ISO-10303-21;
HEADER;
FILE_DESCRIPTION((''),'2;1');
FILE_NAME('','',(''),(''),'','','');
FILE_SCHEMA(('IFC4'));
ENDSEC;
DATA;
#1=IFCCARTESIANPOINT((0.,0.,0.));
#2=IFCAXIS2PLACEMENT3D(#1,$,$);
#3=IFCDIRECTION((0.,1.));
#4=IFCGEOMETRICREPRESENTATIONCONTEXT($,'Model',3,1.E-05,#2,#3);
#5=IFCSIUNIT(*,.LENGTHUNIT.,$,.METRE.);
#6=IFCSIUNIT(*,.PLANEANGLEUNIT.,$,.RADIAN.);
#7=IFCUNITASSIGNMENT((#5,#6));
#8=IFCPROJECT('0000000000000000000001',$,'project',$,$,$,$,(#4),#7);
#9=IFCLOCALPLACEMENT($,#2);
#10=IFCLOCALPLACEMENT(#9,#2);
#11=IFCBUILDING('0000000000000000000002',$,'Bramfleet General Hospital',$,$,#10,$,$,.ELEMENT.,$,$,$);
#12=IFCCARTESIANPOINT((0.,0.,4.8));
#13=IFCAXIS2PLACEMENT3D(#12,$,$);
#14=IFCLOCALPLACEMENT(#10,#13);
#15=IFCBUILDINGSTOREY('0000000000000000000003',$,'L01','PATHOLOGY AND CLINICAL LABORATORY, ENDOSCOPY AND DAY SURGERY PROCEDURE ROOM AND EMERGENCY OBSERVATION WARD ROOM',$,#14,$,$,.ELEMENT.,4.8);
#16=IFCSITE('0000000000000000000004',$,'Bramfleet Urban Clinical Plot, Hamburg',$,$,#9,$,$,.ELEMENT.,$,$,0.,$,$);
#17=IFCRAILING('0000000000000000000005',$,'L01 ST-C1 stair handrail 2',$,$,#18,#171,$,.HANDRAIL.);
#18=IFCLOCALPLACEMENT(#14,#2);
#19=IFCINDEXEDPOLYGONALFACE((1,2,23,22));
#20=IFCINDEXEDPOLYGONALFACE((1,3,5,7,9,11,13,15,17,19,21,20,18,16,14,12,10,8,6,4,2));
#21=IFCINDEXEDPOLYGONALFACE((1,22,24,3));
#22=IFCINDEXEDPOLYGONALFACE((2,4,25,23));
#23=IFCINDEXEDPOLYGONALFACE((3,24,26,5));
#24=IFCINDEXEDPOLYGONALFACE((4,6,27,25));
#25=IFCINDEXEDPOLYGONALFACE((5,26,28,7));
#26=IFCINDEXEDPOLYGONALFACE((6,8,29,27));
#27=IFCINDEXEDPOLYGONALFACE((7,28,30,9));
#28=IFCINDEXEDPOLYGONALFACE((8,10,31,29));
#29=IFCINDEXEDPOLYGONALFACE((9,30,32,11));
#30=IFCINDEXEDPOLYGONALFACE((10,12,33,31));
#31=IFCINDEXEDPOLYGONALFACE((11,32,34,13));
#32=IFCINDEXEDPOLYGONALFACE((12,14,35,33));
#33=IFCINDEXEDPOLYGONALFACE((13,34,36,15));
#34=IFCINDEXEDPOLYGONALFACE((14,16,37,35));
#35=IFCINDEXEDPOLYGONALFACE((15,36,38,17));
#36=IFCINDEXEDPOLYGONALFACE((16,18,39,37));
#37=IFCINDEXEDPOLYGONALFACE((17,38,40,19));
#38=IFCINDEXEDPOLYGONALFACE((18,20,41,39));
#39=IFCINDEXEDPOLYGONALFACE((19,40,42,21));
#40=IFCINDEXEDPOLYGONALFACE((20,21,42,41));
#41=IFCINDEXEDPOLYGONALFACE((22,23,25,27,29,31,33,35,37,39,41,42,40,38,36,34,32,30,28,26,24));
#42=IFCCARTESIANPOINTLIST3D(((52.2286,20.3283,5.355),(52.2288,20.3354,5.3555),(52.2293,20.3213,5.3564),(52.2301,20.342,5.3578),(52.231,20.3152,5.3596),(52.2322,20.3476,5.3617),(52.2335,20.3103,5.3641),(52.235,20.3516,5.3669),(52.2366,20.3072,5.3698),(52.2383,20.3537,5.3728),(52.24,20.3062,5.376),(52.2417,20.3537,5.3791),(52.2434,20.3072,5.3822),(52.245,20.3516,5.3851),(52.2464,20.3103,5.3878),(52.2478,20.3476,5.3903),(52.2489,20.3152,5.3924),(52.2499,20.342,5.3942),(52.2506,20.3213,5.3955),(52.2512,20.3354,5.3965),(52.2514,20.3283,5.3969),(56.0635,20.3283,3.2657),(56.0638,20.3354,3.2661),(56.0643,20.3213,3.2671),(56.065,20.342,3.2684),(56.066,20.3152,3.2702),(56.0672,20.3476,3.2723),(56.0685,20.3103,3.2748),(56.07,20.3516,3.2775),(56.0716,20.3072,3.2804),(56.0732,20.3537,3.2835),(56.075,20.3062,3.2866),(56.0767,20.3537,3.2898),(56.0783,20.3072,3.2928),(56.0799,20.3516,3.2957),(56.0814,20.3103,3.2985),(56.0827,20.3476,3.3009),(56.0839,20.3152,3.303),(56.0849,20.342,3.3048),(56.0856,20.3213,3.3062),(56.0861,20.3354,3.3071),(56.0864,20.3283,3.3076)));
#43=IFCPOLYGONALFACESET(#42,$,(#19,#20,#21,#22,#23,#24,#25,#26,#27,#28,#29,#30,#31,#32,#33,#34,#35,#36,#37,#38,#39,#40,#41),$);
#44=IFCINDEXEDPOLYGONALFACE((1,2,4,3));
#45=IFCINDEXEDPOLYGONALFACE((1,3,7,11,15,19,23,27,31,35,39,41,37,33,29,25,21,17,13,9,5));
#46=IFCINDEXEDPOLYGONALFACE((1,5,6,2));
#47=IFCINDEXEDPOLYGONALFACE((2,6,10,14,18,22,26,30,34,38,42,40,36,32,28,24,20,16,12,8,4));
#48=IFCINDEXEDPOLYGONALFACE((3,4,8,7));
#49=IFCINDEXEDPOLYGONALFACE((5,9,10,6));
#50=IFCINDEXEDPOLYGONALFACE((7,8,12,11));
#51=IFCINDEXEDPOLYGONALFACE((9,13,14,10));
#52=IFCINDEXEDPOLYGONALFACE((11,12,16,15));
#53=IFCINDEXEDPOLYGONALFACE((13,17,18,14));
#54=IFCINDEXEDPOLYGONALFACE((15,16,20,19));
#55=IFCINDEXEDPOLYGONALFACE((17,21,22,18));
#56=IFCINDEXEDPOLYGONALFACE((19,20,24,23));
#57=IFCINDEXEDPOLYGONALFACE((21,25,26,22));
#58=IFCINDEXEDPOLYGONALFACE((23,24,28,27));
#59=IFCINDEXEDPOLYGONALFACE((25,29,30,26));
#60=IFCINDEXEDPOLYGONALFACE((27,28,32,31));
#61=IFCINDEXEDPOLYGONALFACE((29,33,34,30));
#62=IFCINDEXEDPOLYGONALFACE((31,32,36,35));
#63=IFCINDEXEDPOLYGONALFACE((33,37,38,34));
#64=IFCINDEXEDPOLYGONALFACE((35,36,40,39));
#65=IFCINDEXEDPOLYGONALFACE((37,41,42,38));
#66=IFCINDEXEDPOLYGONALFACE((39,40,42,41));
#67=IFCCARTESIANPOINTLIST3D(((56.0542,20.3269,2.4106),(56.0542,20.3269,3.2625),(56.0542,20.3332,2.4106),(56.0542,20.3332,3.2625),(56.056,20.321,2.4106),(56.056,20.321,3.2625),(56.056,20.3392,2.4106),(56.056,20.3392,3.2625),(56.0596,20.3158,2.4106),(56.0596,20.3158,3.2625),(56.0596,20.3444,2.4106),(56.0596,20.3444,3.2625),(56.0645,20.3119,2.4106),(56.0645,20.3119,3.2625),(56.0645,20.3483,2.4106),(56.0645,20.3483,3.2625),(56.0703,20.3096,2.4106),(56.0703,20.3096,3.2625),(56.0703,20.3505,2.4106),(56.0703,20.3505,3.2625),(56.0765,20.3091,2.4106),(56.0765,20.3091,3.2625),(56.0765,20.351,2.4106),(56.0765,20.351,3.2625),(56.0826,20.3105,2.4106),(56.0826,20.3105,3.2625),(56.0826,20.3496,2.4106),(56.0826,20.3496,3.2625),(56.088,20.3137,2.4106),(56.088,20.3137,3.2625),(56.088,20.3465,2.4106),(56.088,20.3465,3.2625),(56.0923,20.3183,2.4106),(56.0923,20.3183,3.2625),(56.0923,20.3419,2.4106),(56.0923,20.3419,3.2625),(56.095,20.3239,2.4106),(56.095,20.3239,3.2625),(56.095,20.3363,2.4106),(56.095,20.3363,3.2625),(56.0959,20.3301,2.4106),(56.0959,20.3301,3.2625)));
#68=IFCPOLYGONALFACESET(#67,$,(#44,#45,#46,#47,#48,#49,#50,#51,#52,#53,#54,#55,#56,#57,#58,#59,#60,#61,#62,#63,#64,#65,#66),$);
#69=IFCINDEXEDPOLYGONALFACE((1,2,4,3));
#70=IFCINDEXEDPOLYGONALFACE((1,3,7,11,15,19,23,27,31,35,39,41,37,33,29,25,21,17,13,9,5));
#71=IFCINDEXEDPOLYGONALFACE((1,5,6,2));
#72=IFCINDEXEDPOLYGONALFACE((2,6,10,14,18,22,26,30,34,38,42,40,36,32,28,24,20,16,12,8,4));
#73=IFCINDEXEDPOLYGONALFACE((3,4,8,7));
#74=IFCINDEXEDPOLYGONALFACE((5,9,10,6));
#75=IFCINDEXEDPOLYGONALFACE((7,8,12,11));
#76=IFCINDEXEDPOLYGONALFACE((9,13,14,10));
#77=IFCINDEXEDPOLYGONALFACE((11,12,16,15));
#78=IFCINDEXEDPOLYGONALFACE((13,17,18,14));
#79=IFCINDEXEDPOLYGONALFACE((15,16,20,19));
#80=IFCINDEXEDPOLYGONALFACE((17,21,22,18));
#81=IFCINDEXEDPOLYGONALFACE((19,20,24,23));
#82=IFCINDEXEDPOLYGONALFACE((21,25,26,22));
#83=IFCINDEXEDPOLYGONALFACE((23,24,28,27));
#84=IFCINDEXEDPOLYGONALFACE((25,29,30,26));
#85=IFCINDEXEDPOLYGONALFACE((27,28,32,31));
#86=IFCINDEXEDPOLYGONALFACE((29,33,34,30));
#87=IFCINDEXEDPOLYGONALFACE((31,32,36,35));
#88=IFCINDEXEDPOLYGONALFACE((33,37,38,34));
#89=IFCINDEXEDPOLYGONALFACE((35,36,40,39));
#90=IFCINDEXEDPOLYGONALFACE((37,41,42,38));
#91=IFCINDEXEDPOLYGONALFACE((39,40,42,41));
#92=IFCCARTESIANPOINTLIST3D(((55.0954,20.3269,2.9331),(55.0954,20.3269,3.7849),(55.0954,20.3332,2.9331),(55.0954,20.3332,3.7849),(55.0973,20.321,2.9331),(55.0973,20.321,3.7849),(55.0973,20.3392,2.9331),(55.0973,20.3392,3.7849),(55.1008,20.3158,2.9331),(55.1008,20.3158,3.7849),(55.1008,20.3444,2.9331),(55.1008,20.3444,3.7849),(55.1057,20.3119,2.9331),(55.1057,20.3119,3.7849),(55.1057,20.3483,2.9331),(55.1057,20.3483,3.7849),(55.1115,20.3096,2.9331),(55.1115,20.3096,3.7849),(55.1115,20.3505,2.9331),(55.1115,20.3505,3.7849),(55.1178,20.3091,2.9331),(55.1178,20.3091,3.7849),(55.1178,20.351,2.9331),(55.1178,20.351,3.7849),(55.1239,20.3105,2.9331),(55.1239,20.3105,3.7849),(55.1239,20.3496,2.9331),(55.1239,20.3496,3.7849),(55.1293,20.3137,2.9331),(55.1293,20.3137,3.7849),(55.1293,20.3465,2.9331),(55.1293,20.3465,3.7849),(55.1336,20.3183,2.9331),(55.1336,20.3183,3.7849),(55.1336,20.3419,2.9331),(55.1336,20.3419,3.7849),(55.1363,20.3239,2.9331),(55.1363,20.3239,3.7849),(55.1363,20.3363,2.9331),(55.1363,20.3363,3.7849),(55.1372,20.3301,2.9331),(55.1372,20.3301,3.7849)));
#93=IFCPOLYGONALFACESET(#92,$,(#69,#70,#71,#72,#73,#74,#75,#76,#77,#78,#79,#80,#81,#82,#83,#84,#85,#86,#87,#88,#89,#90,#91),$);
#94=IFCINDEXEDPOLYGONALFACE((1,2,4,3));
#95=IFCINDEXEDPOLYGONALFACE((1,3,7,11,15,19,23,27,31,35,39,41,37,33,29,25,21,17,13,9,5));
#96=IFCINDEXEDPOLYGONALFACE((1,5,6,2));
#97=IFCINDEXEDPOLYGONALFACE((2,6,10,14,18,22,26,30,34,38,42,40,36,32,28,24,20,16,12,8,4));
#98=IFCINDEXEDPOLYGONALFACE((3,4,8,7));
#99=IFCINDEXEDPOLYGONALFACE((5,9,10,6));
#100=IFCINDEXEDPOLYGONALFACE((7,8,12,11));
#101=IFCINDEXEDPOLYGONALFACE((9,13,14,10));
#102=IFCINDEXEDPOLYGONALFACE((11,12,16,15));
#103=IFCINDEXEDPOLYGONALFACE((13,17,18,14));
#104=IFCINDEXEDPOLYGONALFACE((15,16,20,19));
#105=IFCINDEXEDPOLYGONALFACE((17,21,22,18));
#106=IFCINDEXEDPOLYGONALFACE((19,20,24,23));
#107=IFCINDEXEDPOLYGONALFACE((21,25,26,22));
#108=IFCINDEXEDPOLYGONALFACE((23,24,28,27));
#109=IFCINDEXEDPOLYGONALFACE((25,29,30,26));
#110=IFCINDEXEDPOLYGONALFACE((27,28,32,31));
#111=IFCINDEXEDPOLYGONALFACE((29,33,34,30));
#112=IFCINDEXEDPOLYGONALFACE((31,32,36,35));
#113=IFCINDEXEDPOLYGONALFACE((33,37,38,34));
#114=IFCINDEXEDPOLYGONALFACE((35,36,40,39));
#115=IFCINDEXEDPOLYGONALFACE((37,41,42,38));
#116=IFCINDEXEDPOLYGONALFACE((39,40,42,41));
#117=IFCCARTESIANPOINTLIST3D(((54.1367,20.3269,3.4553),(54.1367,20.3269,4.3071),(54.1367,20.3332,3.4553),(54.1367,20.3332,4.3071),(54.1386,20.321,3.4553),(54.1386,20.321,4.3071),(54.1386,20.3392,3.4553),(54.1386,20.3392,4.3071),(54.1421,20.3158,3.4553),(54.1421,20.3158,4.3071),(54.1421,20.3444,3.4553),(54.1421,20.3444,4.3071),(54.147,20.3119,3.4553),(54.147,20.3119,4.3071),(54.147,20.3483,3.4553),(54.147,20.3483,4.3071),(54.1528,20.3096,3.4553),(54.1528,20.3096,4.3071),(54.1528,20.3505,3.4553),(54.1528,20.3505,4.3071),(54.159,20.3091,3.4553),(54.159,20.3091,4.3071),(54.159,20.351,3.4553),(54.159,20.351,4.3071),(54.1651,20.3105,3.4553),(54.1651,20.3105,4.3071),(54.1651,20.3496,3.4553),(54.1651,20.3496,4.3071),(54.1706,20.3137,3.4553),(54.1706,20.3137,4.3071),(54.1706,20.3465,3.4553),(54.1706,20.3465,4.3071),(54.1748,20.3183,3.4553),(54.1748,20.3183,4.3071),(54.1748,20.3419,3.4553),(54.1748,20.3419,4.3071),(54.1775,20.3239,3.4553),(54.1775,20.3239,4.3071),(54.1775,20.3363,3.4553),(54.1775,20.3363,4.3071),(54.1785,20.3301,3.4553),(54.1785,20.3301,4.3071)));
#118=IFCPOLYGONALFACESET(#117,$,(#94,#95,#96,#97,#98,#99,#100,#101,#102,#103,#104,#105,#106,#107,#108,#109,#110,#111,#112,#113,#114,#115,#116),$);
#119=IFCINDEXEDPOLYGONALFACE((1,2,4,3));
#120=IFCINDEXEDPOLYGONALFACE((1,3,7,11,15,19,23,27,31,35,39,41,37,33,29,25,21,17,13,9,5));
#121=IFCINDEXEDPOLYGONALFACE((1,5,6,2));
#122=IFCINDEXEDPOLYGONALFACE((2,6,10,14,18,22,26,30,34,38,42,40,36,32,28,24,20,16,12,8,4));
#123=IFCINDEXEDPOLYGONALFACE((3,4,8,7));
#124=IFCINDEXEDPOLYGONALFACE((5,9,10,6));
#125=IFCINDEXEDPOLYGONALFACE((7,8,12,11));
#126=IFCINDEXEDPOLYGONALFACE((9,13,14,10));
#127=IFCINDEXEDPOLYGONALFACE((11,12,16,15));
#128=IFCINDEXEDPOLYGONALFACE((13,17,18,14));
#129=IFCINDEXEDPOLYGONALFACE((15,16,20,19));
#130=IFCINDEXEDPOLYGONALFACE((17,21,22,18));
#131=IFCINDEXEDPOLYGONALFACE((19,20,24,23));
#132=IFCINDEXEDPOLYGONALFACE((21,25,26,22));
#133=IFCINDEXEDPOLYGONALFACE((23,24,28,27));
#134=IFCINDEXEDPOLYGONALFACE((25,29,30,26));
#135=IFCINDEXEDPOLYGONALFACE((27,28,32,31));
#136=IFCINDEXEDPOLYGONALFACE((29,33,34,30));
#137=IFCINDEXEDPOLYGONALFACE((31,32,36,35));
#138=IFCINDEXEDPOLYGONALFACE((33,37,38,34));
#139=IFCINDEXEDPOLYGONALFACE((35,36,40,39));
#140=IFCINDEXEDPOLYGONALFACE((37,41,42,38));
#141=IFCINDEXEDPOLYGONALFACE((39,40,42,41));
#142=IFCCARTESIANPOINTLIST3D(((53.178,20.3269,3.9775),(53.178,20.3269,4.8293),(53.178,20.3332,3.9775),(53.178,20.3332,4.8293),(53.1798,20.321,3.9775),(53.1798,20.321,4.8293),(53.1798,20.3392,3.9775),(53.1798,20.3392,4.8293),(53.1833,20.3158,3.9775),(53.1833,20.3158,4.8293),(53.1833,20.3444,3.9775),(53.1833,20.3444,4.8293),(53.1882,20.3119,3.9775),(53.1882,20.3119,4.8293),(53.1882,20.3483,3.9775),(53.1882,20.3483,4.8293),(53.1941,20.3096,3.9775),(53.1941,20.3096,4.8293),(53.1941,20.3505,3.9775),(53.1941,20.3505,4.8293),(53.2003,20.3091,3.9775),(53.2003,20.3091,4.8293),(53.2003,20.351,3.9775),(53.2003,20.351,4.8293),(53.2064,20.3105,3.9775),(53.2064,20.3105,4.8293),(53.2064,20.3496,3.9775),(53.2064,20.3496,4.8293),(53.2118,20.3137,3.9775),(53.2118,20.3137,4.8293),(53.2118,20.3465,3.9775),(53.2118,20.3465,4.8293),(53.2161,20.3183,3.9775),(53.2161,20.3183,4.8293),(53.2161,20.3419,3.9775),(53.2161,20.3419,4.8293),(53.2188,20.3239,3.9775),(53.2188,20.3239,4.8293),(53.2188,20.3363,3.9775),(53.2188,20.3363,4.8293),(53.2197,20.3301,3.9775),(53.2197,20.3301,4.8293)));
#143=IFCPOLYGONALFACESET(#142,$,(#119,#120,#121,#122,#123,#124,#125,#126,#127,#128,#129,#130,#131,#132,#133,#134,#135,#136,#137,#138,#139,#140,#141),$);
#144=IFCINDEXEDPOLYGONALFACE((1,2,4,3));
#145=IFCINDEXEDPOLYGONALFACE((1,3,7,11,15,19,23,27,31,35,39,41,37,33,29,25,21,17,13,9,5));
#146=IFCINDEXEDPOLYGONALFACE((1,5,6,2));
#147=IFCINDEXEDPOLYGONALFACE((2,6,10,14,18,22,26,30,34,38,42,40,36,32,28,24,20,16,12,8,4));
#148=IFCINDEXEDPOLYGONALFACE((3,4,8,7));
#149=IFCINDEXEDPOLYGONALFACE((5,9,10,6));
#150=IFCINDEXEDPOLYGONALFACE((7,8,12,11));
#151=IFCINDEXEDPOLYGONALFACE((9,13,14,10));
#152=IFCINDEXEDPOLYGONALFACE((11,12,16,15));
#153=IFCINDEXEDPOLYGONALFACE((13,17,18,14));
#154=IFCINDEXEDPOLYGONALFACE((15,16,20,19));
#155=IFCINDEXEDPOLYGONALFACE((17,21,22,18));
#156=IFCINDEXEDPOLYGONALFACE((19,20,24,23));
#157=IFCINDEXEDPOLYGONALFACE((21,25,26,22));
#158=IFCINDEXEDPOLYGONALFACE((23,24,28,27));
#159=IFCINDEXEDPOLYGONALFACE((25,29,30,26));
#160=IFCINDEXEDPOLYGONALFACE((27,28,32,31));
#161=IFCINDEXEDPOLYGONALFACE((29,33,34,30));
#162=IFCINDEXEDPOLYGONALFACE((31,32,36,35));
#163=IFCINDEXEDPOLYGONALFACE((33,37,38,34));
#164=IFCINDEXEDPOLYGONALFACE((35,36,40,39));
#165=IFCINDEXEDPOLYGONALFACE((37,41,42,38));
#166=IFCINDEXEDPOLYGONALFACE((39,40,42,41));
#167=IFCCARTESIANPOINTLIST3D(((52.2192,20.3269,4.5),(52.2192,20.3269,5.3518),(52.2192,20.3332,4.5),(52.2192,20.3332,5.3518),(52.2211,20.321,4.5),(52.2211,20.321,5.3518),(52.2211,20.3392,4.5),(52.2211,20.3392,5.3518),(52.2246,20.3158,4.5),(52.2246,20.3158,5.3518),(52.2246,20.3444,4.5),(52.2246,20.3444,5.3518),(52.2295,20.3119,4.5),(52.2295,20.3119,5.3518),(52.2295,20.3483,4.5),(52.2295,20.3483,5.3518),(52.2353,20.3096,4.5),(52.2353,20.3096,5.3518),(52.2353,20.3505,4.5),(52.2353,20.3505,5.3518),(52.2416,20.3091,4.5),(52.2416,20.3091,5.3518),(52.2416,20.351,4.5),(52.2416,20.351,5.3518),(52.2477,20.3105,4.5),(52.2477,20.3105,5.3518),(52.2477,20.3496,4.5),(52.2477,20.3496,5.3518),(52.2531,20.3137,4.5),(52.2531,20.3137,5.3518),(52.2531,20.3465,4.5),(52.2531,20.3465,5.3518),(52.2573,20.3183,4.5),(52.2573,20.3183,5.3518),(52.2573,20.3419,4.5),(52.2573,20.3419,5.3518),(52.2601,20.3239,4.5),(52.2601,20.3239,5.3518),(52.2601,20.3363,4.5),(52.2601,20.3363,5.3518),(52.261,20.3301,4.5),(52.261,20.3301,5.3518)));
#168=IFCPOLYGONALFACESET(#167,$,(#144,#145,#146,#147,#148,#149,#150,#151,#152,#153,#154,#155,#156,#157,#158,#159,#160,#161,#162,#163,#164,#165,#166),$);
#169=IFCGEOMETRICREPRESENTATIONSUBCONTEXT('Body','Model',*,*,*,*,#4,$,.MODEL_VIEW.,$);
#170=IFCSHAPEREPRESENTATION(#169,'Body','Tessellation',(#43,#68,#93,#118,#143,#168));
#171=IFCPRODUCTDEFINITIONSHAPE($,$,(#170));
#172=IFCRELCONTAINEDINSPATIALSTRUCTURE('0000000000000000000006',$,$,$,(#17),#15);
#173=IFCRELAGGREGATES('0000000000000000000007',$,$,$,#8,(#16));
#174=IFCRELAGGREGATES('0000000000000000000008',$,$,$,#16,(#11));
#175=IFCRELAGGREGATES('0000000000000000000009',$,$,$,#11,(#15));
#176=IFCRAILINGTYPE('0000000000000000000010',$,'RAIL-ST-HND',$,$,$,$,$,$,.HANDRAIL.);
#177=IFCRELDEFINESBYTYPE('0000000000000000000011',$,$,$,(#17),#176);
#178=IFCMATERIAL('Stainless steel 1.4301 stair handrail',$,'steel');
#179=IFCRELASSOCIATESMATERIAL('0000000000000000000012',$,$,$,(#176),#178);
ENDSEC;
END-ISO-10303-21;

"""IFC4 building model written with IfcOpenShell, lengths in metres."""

from ifc_helpers import new_model, si_unit, direction, frame, origin, origin_2d, place, context, subcontext, project, spatial, circle, extrude, material, type_object, element, save


model = new_model("IFC4")

# Units and contexts
model_context = context("Model", 3, precision=1e-05, world=origin(), true_north=direction((0.0, 1.0)))
body_context = subcontext(model_context, "Body", "Model", "MODEL_VIEW")
ifc_project = project(units=[si_unit("LENGTHUNIT", "METRE"), si_unit("PLANEANGLEUNIT", "RADIAN")], contexts=[model_context])

# Site, building, storey
site_placement = place(None, origin())
site = spatial("IfcSite", under=ifc_project, at=site_placement, Name="Bramfleet Urban Clinical Plot, Hamburg", CompositionType="ELEMENT", RefElevation=0.0)
building_placement = place(site_placement, origin())
building = spatial("IfcBuilding", under=site, at=building_placement, Name="Bramfleet General Hospital", CompositionType="ELEMENT")
storey_placement = place(building_placement, frame((0.0, 0.0, 4.8)))
storey = spatial("IfcBuildingStorey", under=building, at=storey_placement, Name="L01", Description="PATHOLOGY AND CLINICAL LABORATORY, ENDOSCOPY AND DAY SURGERY PROCEDURE ROOM AND EMERGENCY OBSERVATION WARD ROOM", CompositionType="ELEMENT", Elevation=4.8)

# Railing
ifc_material_1 = material(Name="Stainless steel 1.4301 stair handrail", Category="steel")
railing_type_1 = type_object("IfcRailingType", Name="RAIL-ST-HND", PredefinedType="HANDRAIL", material=ifc_material_1)
railing_1_placement = place(storey_placement, frame((56.075, 20.3301, 2.4106)))
element("IfcRailing", 1, at=railing_1_placement, inside=storey, type_object=railing_type_1, Name="L01 ST-C1 stair handrail 2", PredefinedType="HANDRAIL", context=body_context, shape_type="SweptSolid", body=[
    extrude(circle(Radius=0.0239, at=origin_2d()), frame((0.0, 0.0, 0.876), z_axis=(-0.87813, 0.0, 0.478421), x_axis=(0.0, -1.0, 0.0)), (0.0, 0.0, 1.0), 4.3672),
    extrude(circle(Radius=0.021, at=origin_2d()), origin(), (0.0, 0.0, 1.0), 0.8518),
    extrude(circle(Radius=0.021, at=origin_2d()), frame((-0.9587, 0.0, 0.5225)), (0.0, 0.0, 1.0), 0.8518),
    extrude(circle(Radius=0.021, at=origin_2d()), frame((-1.9175, 0.0, 1.0447)), (0.0, 0.0, 1.0), 0.8518),
    extrude(circle(Radius=0.021, at=origin_2d()), frame((-2.8762, 0.0, 1.5669)), (0.0, 0.0, 1.0), 0.8518),
    extrude(circle(Radius=0.021, at=origin_2d()), frame((-3.835, 0.0, 2.0894)), (0.0, 0.0, 1.0), 0.8518),
])

save(model, "model.ifc")
